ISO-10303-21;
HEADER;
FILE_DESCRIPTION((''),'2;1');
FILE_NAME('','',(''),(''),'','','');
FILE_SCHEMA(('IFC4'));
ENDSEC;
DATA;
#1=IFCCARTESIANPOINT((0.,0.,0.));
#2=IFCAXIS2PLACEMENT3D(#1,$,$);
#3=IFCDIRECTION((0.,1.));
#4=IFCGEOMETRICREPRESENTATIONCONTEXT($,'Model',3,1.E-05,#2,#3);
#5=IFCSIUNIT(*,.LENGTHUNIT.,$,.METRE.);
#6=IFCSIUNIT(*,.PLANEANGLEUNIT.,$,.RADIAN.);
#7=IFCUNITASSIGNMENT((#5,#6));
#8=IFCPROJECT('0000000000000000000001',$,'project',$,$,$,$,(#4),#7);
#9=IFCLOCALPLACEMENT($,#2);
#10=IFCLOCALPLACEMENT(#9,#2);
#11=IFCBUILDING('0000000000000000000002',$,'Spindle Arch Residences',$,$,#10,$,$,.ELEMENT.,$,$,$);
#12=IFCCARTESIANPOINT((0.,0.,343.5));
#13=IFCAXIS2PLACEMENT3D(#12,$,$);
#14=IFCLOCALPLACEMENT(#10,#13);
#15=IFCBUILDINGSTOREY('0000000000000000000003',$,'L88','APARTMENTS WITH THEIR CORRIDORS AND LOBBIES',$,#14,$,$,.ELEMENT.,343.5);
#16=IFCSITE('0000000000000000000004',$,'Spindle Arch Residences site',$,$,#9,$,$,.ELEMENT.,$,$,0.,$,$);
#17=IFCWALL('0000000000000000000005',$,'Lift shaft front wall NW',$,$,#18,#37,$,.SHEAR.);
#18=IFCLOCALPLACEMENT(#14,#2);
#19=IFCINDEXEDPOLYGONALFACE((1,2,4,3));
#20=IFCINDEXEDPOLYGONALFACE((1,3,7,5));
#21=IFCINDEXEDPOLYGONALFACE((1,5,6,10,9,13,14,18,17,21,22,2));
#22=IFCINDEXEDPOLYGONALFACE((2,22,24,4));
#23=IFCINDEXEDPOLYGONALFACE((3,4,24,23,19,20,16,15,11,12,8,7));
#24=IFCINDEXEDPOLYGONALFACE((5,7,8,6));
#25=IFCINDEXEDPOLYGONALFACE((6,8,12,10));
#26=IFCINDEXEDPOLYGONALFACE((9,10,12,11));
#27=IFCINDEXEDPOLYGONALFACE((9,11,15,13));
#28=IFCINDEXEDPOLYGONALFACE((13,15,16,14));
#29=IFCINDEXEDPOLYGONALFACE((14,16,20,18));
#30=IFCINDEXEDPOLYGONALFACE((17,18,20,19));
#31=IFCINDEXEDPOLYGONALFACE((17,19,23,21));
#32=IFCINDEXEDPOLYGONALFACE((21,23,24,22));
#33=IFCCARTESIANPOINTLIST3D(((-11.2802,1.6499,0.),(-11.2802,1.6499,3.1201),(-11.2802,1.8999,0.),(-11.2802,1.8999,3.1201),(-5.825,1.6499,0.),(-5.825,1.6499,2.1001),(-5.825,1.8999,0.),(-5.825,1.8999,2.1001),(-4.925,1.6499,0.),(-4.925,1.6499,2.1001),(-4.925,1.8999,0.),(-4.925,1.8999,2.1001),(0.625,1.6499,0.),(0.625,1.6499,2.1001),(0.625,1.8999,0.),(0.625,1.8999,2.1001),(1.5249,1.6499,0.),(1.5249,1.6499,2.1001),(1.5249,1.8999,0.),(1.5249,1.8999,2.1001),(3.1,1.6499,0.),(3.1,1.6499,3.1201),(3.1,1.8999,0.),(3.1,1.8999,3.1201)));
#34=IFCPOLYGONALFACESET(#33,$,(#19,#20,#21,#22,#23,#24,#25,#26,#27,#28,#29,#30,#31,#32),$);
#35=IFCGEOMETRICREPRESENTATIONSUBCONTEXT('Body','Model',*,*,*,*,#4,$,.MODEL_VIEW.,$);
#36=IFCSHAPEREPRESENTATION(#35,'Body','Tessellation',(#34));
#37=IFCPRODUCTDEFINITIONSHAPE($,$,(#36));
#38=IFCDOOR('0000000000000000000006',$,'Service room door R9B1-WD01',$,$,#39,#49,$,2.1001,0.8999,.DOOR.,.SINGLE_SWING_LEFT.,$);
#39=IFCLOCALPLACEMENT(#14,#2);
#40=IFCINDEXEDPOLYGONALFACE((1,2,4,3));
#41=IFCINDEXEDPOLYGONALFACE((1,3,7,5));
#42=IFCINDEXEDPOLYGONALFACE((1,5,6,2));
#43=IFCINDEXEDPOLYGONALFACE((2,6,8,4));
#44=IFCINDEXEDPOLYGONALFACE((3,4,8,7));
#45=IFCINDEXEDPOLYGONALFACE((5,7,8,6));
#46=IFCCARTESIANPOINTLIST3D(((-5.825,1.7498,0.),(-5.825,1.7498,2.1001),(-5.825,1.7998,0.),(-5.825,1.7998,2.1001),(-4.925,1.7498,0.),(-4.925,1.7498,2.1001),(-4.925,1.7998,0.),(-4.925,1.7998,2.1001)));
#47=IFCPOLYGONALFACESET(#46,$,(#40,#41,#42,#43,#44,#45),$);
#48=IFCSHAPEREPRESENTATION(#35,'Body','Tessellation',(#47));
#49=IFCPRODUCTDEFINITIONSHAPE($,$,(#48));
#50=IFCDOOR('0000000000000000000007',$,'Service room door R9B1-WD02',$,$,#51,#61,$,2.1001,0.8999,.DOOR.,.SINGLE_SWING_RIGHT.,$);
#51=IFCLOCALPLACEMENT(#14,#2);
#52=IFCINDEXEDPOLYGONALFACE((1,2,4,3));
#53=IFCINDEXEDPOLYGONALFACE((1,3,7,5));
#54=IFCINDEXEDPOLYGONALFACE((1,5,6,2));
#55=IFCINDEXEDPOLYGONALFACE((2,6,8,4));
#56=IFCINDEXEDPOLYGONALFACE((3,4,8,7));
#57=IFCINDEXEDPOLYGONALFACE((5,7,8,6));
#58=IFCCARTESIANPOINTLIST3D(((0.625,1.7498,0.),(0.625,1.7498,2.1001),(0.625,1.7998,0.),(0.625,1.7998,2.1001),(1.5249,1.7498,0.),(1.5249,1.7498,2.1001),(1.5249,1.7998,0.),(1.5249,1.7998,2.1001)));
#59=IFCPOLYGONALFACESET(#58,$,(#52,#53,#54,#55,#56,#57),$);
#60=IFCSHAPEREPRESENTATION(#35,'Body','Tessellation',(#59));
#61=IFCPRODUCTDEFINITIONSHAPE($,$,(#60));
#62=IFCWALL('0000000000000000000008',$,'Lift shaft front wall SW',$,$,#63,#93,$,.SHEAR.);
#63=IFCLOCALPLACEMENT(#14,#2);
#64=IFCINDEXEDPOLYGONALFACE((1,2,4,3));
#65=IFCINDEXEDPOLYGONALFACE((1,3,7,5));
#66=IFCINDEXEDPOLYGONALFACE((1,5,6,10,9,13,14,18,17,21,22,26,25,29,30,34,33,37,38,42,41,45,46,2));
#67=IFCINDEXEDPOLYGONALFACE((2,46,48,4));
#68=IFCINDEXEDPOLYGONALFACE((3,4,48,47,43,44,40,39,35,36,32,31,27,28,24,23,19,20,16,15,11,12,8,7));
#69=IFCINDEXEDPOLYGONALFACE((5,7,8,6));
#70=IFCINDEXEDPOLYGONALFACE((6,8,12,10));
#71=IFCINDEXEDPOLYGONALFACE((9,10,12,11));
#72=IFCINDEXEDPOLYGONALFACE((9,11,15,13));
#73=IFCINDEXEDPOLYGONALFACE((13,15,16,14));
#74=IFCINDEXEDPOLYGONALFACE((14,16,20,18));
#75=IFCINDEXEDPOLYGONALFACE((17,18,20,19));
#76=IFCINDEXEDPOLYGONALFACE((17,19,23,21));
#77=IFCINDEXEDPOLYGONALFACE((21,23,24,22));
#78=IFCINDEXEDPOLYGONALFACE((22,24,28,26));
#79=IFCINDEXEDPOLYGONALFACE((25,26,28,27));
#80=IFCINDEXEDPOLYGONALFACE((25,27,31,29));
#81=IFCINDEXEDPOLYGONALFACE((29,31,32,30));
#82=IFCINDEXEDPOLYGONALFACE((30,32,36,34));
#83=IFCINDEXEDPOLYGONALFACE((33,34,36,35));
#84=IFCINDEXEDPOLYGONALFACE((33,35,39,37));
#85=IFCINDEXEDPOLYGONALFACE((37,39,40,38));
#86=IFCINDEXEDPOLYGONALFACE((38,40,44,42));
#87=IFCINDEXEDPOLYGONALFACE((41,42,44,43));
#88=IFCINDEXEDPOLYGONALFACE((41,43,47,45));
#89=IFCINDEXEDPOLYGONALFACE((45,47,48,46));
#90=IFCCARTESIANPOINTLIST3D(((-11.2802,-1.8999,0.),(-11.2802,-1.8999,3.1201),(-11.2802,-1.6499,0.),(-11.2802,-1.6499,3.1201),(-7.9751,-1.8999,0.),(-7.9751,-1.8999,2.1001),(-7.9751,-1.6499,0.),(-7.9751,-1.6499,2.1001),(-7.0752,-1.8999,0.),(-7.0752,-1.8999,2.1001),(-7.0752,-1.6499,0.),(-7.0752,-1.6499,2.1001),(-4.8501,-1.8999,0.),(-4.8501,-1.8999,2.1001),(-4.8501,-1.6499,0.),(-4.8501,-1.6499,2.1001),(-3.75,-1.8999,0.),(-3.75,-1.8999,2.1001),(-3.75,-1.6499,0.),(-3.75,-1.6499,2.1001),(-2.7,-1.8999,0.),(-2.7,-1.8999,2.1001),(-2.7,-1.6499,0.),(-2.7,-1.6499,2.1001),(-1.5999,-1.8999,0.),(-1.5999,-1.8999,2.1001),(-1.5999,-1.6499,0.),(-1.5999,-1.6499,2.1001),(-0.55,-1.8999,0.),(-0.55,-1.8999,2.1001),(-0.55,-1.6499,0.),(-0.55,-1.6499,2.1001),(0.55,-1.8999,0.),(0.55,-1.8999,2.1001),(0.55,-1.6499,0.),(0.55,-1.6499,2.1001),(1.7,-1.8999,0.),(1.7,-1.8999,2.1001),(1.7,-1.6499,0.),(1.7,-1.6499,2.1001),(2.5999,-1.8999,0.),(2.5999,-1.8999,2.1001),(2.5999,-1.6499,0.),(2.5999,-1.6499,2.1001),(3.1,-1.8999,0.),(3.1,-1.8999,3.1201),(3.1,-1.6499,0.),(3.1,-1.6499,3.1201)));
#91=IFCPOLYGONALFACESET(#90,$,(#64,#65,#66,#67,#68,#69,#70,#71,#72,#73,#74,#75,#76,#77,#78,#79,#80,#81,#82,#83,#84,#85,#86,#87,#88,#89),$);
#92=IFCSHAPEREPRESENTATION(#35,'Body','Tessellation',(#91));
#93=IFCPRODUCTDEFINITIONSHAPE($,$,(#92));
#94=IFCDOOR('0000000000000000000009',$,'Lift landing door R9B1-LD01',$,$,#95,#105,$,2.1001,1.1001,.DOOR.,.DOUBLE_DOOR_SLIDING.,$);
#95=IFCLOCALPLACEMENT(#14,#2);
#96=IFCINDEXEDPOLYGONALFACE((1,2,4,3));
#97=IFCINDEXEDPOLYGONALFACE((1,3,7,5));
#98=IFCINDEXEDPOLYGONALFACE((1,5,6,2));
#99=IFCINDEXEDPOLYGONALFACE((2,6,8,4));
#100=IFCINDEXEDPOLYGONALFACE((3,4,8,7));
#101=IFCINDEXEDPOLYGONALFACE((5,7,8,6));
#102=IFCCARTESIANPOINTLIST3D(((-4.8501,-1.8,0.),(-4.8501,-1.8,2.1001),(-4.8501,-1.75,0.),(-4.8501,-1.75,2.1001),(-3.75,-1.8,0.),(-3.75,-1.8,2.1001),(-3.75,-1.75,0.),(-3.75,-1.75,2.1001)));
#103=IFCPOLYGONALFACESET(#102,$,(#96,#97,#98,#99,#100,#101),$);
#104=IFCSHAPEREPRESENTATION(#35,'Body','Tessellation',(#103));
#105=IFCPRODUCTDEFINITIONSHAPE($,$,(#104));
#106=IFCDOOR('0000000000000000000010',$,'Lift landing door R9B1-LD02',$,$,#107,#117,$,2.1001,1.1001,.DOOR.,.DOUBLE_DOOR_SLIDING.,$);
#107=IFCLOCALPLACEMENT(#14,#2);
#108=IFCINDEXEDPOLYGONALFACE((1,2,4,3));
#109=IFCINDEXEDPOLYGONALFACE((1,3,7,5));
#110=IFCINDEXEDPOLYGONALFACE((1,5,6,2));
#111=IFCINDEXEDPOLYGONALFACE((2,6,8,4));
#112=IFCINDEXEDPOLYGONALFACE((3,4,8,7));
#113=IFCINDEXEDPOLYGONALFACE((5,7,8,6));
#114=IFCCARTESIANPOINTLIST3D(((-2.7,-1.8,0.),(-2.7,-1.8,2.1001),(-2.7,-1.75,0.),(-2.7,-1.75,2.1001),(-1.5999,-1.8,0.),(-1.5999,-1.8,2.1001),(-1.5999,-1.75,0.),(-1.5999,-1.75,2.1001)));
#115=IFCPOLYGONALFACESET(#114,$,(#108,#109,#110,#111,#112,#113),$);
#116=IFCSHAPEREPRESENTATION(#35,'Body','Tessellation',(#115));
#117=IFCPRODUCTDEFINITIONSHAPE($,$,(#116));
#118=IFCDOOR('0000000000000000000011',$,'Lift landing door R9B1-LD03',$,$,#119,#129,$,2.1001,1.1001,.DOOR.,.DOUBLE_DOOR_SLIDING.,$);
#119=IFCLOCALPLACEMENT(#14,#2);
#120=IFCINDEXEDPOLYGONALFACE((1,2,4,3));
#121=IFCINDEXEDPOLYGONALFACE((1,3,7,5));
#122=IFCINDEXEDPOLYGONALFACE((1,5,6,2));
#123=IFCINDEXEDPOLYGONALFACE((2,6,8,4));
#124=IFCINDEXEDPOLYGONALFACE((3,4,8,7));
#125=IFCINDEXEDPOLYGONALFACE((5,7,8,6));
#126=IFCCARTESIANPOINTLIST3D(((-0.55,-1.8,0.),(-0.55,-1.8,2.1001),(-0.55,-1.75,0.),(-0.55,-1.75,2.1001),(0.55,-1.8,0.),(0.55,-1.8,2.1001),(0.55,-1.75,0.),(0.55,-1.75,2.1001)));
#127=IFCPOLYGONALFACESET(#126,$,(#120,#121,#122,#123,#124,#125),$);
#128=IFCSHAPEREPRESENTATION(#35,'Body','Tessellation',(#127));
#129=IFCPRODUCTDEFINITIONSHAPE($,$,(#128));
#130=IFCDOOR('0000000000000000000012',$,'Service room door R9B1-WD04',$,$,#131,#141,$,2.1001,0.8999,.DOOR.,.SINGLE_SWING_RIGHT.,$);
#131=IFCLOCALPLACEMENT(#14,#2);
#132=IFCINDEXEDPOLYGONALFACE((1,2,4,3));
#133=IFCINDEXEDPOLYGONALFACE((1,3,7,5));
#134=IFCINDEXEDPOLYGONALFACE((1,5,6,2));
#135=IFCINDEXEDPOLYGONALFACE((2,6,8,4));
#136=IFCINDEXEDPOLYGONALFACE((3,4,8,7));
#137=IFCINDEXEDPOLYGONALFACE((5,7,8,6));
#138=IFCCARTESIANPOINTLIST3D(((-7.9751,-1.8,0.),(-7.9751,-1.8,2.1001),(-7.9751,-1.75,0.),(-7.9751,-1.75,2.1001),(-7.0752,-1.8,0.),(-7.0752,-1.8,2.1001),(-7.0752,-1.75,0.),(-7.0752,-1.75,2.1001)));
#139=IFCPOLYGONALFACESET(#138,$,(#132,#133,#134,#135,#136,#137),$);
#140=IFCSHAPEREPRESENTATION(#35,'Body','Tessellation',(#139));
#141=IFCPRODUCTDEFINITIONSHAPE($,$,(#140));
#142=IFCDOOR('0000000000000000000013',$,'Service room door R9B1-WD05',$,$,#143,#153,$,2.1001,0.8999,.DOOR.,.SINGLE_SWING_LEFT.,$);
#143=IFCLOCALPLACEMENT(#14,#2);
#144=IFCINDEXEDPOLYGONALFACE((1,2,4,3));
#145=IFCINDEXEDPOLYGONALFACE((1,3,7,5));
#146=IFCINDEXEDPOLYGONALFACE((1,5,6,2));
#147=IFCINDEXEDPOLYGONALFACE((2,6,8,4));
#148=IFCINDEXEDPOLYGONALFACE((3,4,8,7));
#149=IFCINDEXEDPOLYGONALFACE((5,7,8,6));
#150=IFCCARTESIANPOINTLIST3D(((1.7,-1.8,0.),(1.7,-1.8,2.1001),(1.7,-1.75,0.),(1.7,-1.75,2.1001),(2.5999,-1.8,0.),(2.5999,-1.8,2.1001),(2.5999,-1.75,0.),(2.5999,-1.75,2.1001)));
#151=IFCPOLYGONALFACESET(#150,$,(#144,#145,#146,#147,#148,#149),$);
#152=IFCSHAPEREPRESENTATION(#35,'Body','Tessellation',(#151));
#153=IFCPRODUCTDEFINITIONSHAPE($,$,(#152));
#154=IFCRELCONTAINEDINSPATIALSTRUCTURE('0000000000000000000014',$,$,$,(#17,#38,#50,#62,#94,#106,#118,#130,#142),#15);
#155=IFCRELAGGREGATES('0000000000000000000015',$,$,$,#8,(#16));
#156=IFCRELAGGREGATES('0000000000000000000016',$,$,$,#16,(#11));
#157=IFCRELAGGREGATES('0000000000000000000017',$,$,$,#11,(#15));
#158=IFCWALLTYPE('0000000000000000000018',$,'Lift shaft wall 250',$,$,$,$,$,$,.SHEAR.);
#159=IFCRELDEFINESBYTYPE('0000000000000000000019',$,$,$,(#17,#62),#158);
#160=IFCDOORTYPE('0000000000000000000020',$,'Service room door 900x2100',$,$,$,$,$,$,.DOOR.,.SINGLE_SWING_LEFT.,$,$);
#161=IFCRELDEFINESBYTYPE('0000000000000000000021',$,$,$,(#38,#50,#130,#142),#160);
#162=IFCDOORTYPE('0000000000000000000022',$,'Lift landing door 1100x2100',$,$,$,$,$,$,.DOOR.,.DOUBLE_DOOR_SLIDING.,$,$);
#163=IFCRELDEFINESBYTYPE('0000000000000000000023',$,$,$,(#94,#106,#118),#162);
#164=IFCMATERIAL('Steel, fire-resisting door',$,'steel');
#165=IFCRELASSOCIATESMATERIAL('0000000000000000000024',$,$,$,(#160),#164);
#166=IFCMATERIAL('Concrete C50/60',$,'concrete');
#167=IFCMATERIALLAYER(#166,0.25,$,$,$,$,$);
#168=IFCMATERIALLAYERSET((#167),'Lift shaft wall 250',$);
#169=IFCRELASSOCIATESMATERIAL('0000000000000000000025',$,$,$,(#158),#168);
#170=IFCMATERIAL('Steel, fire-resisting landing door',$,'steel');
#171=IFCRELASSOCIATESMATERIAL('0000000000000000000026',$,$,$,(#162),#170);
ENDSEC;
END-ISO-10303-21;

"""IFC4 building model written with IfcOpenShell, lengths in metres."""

from ifc_helpers import new_model, si_unit, direction, frame, frame_2d, origin, place, context, subcontext, project, spatial, rectangle, extrude, material, layer, layer_set, type_object, element, fill, save


model = new_model("IFC4")

# Units and contexts
model_context = context("Model", 3, precision=1e-05, world=origin(), true_north=direction((0.0, 1.0)))
body_context = subcontext(model_context, "Body", "Model", "MODEL_VIEW")
ifc_project = project(units=[si_unit("LENGTHUNIT", "METRE"), si_unit("PLANEANGLEUNIT", "RADIAN")], contexts=[model_context])

# Site, building, storey
site_placement = place(None, origin())
site = spatial("IfcSite", under=ifc_project, at=site_placement, Name="Spindle Arch Residences site", CompositionType="ELEMENT", RefElevation=0.0)
building_placement = place(site_placement, origin())
building = spatial("IfcBuilding", under=site, at=building_placement, Name="Spindle Arch Residences", CompositionType="ELEMENT")
storey_placement = place(building_placement, frame((0.0, 0.0, 343.5)))
storey = spatial("IfcBuildingStorey", under=building, at=storey_placement, Name="L88", Description="APARTMENTS WITH THEIR CORRIDORS AND LOBBIES", CompositionType="ELEMENT", Elevation=343.5)

# Shared definitions
ifc_material_1 = material(Name="Steel, fire-resisting door", Category="steel")
door_type_1 = type_object("IfcDoorType", Name="Service room door 900x2100", OperationType="SINGLE_SWING_LEFT", PredefinedType="DOOR", material=ifc_material_1)

# Walls, openings, doors
ifc_material_2 = material(Name="Concrete C50/60", Category="concrete")
ifc_layer_1 = layer(ifc_material_2, 0.25)
ifc_layer_set_1 = layer_set([ifc_layer_1], Name="Lift shaft wall 250")
wall_type_1 = type_object("IfcWallType", Name="Lift shaft wall 250", PredefinedType="SHEAR", material=ifc_layer_set_1)
wall_1_placement = place(storey_placement, frame((-11.28, 1.7749, 0.0), z_axis=(0.0, 0.0, 1.0), x_axis=(1.0, 0.0, 0.0)))
wall_1 = element("IfcWall", 1, at=wall_1_placement, inside=storey, type_object=wall_type_1, Name="Lift shaft front wall NW", PredefinedType="SHEAR", context=body_context, shape_type="SweptSolid", body=[
    extrude(rectangle(XDim=14.3801, YDim=0.25, at=frame_2d((7.1899, 0.0))), origin(), (0.0, 0.0, 1.0), 3.1201),
])
opening_1_placement = place(wall_1_placement, frame((5.4551, 0.0, 0.0)))
opening_1 = element("IfcOpeningElement", 2, at=opening_1_placement, cuts=wall_1, PredefinedType="OPENING", context=body_context, shape_type="SweptSolid", body=[
    extrude(rectangle(XDim=0.8999, YDim=2.1001, at=frame_2d((0.45, 1.05))), frame((0.0, 0.135, 0.0), z_axis=(0.0, -1.0, 0.0), x_axis=(1.0, 0.0, 0.0)), (0.0, 0.0, 1.0), 0.27),
])
opening_2_placement = place(wall_1_placement, frame((11.905, 0.0, 0.0)))
opening_2 = element("IfcOpeningElement", 3, at=opening_2_placement, cuts=wall_1, PredefinedType="OPENING", context=body_context, shape_type="SweptSolid", body=[
    extrude(rectangle(XDim=0.8999, YDim=2.1001, at=frame_2d((0.45, 1.05))), frame((0.0, 0.135, 0.0), z_axis=(0.0, -1.0, 0.0), x_axis=(1.0, 0.0, 0.0)), (0.0, 0.0, 1.0), 0.27),
])
door_1_placement = place(opening_1_placement, origin())
door_1 = element("IfcDoor", 4, at=door_1_placement, inside=storey, type_object=door_type_1, Name="Service room door R9B1-WD01", OperationType="SINGLE_SWING_LEFT", OverallHeight=2.1001, OverallWidth=0.8999, PredefinedType="DOOR", context=body_context, shape_type="SweptSolid", body=[
    extrude(rectangle(XDim=0.8999, YDim=2.1001, at=frame_2d((0.45, 1.05))), frame((0.0, 0.0249, 0.0), z_axis=(0.0, -1.0, 0.0), x_axis=(1.0, 0.0, 0.0)), (0.0, 0.0, 1.0), 0.05),
])
fill(opening_1, door_1)
door_2_placement = place(opening_2_placement, origin())
door_2 = element("IfcDoor", 5, at=door_2_placement, inside=storey, type_object=door_type_1, Name="Service room door R9B1-WD02", OperationType="SINGLE_SWING_RIGHT", OverallHeight=2.1001, OverallWidth=0.8999, PredefinedType="DOOR", context=body_context, shape_type="SweptSolid", body=[
    extrude(rectangle(XDim=0.8999, YDim=2.1001, at=frame_2d((0.45, 1.05))), frame((0.0, 0.0249, 0.0), z_axis=(0.0, -1.0, 0.0), x_axis=(1.0, 0.0, 0.0)), (0.0, 0.0, 1.0), 0.05),
])
fill(opening_2, door_2)
wall_2_placement = place(storey_placement, frame((-11.28, -1.7749, 0.0), z_axis=(0.0, 0.0, 1.0), x_axis=(1.0, 0.0, 0.0)))
wall_2 = element("IfcWall", 6, at=wall_2_placement, inside=storey, type_object=wall_type_1, Name="Lift shaft front wall SW", PredefinedType="SHEAR", context=body_context, shape_type="SweptSolid", body=[
    extrude(rectangle(XDim=14.3801, YDim=0.25, at=frame_2d((7.1899, 0.0))), origin(), (0.0, 0.0, 1.0), 3.1201),
])
opening_3_placement = place(wall_2_placement, frame((6.4299, 0.0, 0.0)))
opening_3 = element("IfcOpeningElement", 7, at=opening_3_placement, cuts=wall_2, PredefinedType="OPENING", context=body_context, shape_type="SweptSolid", body=[
    extrude(rectangle(XDim=1.1001, YDim=2.1001, at=frame_2d((0.55, 1.05))), frame((0.0, 0.135, 0.0), z_axis=(0.0, -1.0, 0.0), x_axis=(1.0, 0.0, 0.0)), (0.0, 0.0, 1.0), 0.27),
])
opening_4_placement = place(wall_2_placement, frame((8.5801, 0.0, 0.0)))
opening_4 = element("IfcOpeningElement", 8, at=opening_4_placement, cuts=wall_2, PredefinedType="OPENING", context=body_context, shape_type="SweptSolid", body=[
    extrude(rectangle(XDim=1.1001, YDim=2.1001, at=frame_2d((0.55, 1.05))), frame((0.0, 0.135, 0.0), z_axis=(0.0, -1.0, 0.0), x_axis=(1.0, 0.0, 0.0)), (0.0, 0.0, 1.0), 0.27),
])
opening_5_placement = place(wall_2_placement, frame((10.73, 0.0, 0.0)))
opening_5 = element("IfcOpeningElement", 9, at=opening_5_placement, cuts=wall_2, PredefinedType="OPENING", context=body_context, shape_type="SweptSolid", body=[
    extrude(rectangle(XDim=1.1001, YDim=2.1001, at=frame_2d((0.55, 1.05))), frame((0.0, 0.135, 0.0), z_axis=(0.0, -1.0, 0.0), x_axis=(1.0, 0.0, 0.0)), (0.0, 0.0, 1.0), 0.27),
])
opening_6_placement = place(wall_2_placement, frame((3.3049, 0.0, 0.0)))
opening_6 = element("IfcOpeningElement", 10, at=opening_6_placement, cuts=wall_2, PredefinedType="OPENING", context=body_context, shape_type="SweptSolid", body=[
    extrude(rectangle(XDim=0.8999, YDim=2.1001, at=frame_2d((0.45, 1.05))), frame((0.0, 0.135, 0.0), z_axis=(0.0, -1.0, 0.0), x_axis=(1.0, 0.0, 0.0)), (0.0, 0.0, 1.0), 0.27),
])
opening_7_placement = place(wall_2_placement, frame((12.98, 0.0, 0.0)))
opening_7 = element("IfcOpeningElement", 11, at=opening_7_placement, cuts=wall_2, PredefinedType="OPENING", context=body_context, shape_type="SweptSolid", body=[
    extrude(rectangle(XDim=0.8999, YDim=2.1001, at=frame_2d((0.45, 1.05))), frame((0.0, 0.135, 0.0), z_axis=(0.0, -1.0, 0.0), x_axis=(1.0, 0.0, 0.0)), (0.0, 0.0, 1.0), 0.27),
])
ifc_material_3 = material(Name="Steel, fire-resisting landing door", Category="steel")
door_type_2 = type_object("IfcDoorType", Name="Lift landing door 1100x2100", OperationType="DOUBLE_DOOR_SLIDING", PredefinedType="DOOR", material=ifc_material_3)
door_3_placement = place(opening_3_placement, origin())
door_3 = element("IfcDoor", 12, at=door_3_placement, inside=storey, type_object=door_type_2, Name="Lift landing door R9B1-LD01", OperationType="DOUBLE_DOOR_SLIDING", OverallHeight=2.1001, OverallWidth=1.1001, PredefinedType="DOOR", context=body_context, shape_type="SweptSolid", body=[
    extrude(rectangle(XDim=1.1001, YDim=2.1001, at=frame_2d((0.55, 1.05))), frame((0.0, 0.0249, 0.0), z_axis=(0.0, -1.0, 0.0), x_axis=(1.0, 0.0, 0.0)), (0.0, 0.0, 1.0), 0.05),
])
fill(opening_3, door_3)
door_4_placement = place(opening_4_placement, origin())
door_4 = element("IfcDoor", 13, at=door_4_placement, inside=storey, type_object=door_type_2, Name="Lift landing door R9B1-LD02", OperationType="DOUBLE_DOOR_SLIDING", OverallHeight=2.1001, OverallWidth=1.1001, PredefinedType="DOOR", context=body_context, shape_type="SweptSolid", body=[
    extrude(rectangle(XDim=1.1001, YDim=2.1001, at=frame_2d((0.55, 1.05))), frame((0.0, 0.0249, 0.0), z_axis=(0.0, -1.0, 0.0), x_axis=(1.0, 0.0, 0.0)), (0.0, 0.0, 1.0), 0.05),
])
fill(opening_4, door_4)
door_5_placement = place(opening_5_placement, origin())
door_5 = element("IfcDoor", 14, at=door_5_placement, inside=storey, type_object=door_type_2, Name="Lift landing door R9B1-LD03", OperationType="DOUBLE_DOOR_SLIDING", OverallHeight=2.1001, OverallWidth=1.1001, PredefinedType="DOOR", context=body_context, shape_type="SweptSolid", body=[
    extrude(rectangle(XDim=1.1001, YDim=2.1001, at=frame_2d((0.55, 1.05))), frame((0.0, 0.0249, 0.0), z_axis=(0.0, -1.0, 0.0), x_axis=(1.0, 0.0, 0.0)), (0.0, 0.0, 1.0), 0.05),
])
fill(opening_5, door_5)
door_6_placement = place(opening_6_placement, origin())
door_6 = element("IfcDoor", 15, at=door_6_placement, inside=storey, type_object=door_type_1, Name="Service room door R9B1-WD04", OperationType="SINGLE_SWING_RIGHT", OverallHeight=2.1001, OverallWidth=0.8999, PredefinedType="DOOR", context=body_context, shape_type="SweptSolid", body=[
    extrude(rectangle(XDim=0.8999, YDim=2.1001, at=frame_2d((0.45, 1.05))), frame((0.0, 0.0249, 0.0), z_axis=(0.0, -1.0, 0.0), x_axis=(1.0, 0.0, 0.0)), (0.0, 0.0, 1.0), 0.05),
])
fill(opening_6, door_6)
door_7_placement = place(opening_7_placement, origin())
door_7 = element("IfcDoor", 16, at=door_7_placement, inside=storey, type_object=door_type_1, Name="Service room door R9B1-WD05", OperationType="SINGLE_SWING_LEFT", OverallHeight=2.1001, OverallWidth=0.8999, PredefinedType="DOOR", context=body_context, shape_type="SweptSolid", body=[
    extrude(rectangle(XDim=0.8999, YDim=2.1001, at=frame_2d((0.45, 1.05))), frame((0.0, 0.0249, 0.0), z_axis=(0.0, -1.0, 0.0), x_axis=(1.0, 0.0, 0.0)), (0.0, 0.0, 1.0), 0.05),
])
fill(opening_7, door_7)

save(model, "model.ifc")
